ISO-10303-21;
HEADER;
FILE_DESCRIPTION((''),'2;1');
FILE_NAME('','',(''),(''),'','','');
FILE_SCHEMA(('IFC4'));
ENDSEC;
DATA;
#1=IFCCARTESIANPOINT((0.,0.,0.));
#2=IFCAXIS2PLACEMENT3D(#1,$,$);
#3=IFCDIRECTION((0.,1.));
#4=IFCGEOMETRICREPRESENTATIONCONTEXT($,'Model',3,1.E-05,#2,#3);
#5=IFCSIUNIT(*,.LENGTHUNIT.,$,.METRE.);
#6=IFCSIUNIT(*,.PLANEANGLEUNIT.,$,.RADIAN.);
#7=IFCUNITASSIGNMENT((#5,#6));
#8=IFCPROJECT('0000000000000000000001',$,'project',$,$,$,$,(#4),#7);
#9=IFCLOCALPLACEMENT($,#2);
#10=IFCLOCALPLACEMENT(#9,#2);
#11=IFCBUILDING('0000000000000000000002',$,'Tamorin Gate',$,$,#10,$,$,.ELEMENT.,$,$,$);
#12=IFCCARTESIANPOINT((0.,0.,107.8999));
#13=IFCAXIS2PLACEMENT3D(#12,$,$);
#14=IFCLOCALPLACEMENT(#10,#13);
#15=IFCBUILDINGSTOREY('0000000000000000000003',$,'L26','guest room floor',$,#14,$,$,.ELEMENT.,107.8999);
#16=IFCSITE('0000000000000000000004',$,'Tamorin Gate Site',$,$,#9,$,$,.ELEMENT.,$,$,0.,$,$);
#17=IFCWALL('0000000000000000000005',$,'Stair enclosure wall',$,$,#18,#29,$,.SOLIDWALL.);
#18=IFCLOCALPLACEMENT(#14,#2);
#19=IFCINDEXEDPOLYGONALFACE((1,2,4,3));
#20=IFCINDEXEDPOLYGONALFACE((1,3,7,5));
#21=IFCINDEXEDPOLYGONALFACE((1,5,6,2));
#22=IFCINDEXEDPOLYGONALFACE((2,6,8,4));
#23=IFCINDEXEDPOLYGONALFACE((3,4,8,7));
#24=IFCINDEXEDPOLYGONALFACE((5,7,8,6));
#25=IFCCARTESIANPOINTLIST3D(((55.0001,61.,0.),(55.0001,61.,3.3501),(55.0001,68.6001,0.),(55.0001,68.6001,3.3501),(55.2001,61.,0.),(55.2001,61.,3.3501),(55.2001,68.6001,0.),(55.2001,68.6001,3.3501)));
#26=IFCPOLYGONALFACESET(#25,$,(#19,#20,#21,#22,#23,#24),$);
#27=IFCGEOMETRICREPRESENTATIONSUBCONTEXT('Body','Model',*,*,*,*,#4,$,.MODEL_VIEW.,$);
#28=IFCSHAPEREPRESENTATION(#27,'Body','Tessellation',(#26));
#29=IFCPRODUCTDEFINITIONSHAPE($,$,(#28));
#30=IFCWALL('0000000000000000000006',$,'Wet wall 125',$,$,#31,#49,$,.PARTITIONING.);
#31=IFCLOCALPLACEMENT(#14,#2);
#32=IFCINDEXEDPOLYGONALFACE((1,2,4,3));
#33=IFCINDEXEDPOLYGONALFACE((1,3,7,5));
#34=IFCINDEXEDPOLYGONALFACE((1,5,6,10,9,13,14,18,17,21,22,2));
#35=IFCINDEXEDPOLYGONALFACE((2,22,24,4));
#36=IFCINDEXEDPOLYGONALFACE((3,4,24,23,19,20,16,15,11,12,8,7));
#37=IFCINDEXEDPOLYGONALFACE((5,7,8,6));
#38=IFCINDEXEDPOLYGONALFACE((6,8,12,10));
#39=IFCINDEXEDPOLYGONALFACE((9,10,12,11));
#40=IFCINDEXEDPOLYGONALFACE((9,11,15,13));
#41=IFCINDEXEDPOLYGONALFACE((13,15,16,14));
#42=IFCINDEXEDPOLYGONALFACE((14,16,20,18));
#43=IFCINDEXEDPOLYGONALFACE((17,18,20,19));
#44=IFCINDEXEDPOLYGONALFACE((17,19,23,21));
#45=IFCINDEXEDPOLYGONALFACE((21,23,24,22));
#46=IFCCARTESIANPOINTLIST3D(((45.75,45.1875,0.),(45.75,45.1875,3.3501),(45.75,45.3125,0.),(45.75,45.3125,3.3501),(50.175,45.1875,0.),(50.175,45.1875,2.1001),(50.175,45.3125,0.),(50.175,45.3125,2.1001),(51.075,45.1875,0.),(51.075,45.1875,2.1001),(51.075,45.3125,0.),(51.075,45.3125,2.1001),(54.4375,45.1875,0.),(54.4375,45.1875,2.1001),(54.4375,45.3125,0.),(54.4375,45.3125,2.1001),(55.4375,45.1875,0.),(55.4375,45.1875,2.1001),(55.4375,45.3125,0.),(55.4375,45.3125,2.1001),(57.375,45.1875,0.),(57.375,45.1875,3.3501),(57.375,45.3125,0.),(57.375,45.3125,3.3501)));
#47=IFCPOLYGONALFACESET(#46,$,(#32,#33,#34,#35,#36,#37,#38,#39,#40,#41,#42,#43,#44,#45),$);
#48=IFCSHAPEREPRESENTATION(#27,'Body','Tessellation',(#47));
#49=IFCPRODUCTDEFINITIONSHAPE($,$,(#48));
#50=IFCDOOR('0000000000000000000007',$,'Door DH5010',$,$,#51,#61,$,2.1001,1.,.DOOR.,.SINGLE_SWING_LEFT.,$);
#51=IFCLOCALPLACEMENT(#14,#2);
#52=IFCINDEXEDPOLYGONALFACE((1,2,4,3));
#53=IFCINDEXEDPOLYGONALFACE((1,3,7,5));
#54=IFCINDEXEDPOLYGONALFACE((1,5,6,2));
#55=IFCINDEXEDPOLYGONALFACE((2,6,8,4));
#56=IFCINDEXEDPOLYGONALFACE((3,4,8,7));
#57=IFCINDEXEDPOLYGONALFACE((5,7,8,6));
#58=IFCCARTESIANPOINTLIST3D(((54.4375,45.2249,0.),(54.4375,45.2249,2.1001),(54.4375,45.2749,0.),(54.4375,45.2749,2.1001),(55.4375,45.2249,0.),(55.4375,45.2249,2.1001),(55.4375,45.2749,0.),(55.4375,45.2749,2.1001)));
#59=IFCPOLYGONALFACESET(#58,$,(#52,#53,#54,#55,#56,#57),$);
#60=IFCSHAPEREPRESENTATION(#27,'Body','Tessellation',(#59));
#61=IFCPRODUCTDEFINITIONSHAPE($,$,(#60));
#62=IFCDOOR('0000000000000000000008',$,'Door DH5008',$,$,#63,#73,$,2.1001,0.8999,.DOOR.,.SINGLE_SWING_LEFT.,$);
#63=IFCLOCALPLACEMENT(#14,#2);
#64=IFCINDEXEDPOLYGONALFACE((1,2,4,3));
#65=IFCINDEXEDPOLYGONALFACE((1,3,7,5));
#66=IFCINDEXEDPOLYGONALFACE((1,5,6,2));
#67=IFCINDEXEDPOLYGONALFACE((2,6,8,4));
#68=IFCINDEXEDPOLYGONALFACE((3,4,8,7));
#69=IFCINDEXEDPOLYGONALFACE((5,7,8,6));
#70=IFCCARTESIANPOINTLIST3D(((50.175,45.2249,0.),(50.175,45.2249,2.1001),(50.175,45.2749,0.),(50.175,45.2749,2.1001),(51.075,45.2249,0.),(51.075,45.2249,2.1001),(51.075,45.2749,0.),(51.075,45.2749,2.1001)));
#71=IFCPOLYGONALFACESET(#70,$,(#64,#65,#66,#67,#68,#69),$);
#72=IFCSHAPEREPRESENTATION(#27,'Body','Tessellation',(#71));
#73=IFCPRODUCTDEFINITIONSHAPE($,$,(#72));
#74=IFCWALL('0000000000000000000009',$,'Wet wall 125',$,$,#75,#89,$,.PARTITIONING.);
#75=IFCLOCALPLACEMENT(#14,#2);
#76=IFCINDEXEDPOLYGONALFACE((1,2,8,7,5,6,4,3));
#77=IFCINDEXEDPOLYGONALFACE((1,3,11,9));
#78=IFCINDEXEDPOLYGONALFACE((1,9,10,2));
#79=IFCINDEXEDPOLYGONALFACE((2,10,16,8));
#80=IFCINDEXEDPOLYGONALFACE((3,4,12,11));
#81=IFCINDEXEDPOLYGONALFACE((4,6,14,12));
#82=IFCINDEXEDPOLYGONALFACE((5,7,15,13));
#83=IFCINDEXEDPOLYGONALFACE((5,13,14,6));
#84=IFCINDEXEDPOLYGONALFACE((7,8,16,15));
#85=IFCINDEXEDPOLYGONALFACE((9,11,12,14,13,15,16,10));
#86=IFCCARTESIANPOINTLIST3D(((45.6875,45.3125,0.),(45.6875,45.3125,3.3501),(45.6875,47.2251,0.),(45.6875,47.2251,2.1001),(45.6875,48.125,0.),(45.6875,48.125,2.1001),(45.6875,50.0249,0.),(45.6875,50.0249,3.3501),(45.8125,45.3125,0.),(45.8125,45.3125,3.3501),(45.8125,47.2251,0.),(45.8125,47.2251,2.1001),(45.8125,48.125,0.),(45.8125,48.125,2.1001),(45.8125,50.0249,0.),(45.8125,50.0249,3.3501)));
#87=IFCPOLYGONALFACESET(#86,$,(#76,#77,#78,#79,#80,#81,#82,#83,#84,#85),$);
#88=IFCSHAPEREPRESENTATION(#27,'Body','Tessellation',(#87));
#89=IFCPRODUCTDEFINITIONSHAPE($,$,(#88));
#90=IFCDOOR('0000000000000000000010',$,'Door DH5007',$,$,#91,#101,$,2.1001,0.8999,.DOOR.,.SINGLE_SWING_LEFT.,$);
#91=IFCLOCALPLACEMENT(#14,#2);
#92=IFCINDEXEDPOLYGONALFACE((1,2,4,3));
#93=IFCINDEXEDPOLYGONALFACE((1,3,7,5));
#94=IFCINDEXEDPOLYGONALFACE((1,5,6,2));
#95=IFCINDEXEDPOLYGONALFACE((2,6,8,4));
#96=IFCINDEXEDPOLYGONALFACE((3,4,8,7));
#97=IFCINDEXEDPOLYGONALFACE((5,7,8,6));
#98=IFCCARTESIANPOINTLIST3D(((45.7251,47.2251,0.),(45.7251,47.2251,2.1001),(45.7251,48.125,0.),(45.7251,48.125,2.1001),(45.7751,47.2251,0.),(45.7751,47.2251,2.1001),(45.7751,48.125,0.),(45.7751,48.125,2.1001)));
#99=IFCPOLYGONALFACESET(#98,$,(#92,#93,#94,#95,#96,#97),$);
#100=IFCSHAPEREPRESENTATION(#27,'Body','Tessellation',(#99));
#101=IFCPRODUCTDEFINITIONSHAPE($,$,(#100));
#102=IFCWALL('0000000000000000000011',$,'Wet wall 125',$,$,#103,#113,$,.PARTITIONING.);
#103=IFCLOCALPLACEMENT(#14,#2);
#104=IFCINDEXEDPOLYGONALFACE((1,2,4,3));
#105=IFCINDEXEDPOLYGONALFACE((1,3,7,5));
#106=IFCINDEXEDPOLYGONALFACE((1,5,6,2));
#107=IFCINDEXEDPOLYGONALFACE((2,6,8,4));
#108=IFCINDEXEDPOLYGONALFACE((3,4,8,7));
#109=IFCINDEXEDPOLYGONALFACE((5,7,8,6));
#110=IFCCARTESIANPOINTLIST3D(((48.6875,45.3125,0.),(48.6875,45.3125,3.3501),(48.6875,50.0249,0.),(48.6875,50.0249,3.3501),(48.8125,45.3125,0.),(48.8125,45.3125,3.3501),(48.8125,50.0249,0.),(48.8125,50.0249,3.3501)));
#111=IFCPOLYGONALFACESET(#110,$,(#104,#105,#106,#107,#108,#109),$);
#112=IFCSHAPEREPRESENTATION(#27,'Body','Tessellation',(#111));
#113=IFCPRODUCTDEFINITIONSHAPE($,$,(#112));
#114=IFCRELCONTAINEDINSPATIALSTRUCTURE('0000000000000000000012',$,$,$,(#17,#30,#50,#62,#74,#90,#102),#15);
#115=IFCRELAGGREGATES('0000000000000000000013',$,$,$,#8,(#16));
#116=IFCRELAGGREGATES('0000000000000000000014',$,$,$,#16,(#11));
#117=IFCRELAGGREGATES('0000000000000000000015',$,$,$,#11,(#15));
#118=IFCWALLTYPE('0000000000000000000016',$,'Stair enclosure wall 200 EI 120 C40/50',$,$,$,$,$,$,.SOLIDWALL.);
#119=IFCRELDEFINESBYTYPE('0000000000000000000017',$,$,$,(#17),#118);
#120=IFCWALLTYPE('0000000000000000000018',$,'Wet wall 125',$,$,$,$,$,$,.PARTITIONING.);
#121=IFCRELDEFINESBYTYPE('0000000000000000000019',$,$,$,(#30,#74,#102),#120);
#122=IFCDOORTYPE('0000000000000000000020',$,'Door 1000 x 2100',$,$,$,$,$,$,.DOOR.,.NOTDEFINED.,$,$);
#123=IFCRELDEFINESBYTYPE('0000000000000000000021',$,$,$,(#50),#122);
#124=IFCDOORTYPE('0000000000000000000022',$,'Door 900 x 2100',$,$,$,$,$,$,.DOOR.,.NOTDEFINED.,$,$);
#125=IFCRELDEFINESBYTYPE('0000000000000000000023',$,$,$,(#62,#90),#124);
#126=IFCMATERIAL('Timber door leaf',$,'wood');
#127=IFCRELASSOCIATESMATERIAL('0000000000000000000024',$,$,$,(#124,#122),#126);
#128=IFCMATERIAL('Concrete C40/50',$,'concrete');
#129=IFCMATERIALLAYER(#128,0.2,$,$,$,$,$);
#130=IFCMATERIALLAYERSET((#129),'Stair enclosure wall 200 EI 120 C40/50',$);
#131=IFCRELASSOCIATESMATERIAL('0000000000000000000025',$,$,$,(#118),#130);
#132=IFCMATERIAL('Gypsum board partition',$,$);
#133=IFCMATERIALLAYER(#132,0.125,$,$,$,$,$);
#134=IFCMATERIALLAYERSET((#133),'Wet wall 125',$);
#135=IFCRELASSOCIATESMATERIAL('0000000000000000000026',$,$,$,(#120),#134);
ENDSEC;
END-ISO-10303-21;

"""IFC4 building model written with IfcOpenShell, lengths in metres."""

from ifc_helpers import new_model, si_unit, direction, frame, frame_2d, origin, place, context, subcontext, project, spatial, rectangle, extrude, material, layer, layer_set, type_object, element, fill, save


model = new_model("IFC4")

# Units and contexts
model_context = context("Model", 3, precision=1e-05, world=origin(), true_north=direction((0.0, 1.0)))
body_context = subcontext(model_context, "Body", "Model", "MODEL_VIEW")
ifc_project = project(units=[si_unit("LENGTHUNIT", "METRE"), si_unit("PLANEANGLEUNIT", "RADIAN")], contexts=[model_context])

# Site, building, storey
site_placement = place(None, origin())
site = spatial("IfcSite", under=ifc_project, at=site_placement, Name="Tamorin Gate Site", CompositionType="ELEMENT", RefElevation=0.0)
building_placement = place(site_placement, origin())
building = spatial("IfcBuilding", under=site, at=building_placement, Name="Tamorin Gate", CompositionType="ELEMENT")
storey_placement = place(building_placement, frame((0.0, 0.0, 107.8999)))
storey = spatial("IfcBuildingStorey", under=building, at=storey_placement, Name="L26", Description="guest room floor", CompositionType="ELEMENT", Elevation=107.8999)

# Shared definitions
ifc_material_1 = material(Name="Gypsum board partition")

# Shared definitions
ifc_material_2 = material(Name="Timber door leaf", Category="wood")
door_type_1 = type_object("IfcDoorType", Name="Door 900 x 2100", OperationType="NOTDEFINED", PredefinedType="DOOR", material=ifc_material_2)

# Wall
ifc_material_3 = material(Name="Concrete C40/50", Category="concrete")
ifc_layer_1 = layer(ifc_material_3, 0.2)
ifc_layer_set_1 = layer_set([ifc_layer_1], Name="Stair enclosure wall 200 EI 120 C40/50")
wall_type_1 = type_object("IfcWallType", Name="Stair enclosure wall 200 EI 120 C40/50", PredefinedType="SOLIDWALL", material=ifc_layer_set_1)
wall_1_placement = place(storey_placement, frame((55.1001, 61.0, 0.0), z_axis=(0.0, 0.0, 1.0), x_axis=(0.0, 1.0, 0.0)))
element("IfcWall", 1, at=wall_1_placement, inside=storey, type_object=wall_type_1, Name="Stair enclosure wall", PredefinedType="SOLIDWALL", context=body_context, shape_type="SweptSolid", body=[
    extrude(rectangle(XDim=7.6001, YDim=0.2, at=frame_2d((3.8, 0.0))), origin(), (0.0, 0.0, 1.0), 3.3501),
])

# Wall, openings, doors
ifc_layer_2 = layer(ifc_material_1, 0.125)
ifc_layer_set_2 = layer_set([ifc_layer_2], Name="Wet wall 125")
wall_type_2 = type_object("IfcWallType", Name="Wet wall 125", PredefinedType="PARTITIONING", material=ifc_layer_set_2)
wall_2_placement = place(storey_placement, frame((45.75, 45.25, 0.0), z_axis=(0.0, 0.0, 1.0), x_axis=(1.0, 0.0, 0.0)))
wall_2 = element("IfcWall", 2, at=wall_2_placement, inside=storey, type_object=wall_type_2, Name="Wet wall 125", PredefinedType="PARTITIONING", context=body_context, shape_type="SweptSolid", body=[
    extrude(rectangle(XDim=11.625, YDim=0.125, at=frame_2d((5.8125, 0.0))), origin(), (0.0, 0.0, 1.0), 3.3501),
])
opening_1_placement = place(wall_2_placement, frame((4.425, 0.0, 0.0)))
opening_1 = element("IfcOpeningElement", 3, at=opening_1_placement, cuts=wall_2, PredefinedType="OPENING", context=body_context, shape_type="SweptSolid", body=[
    extrude(rectangle(XDim=0.8999, YDim=2.1001, at=frame_2d((0.45, 1.05))), frame((0.0, 0.0725, 0.0), z_axis=(0.0, -1.0, 0.0), x_axis=(1.0, 0.0, 0.0)), (0.0, 0.0, 1.0), 0.145),
])
opening_2_placement = place(wall_2_placement, frame((8.6875, 0.0, 0.0)))
opening_2 = element("IfcOpeningElement", 4, at=opening_2_placement, cuts=wall_2, PredefinedType="OPENING", context=body_context, shape_type="SweptSolid", body=[
    extrude(rectangle(XDim=1.0, YDim=2.1001, at=frame_2d((0.5, 1.05))), frame((0.0, 0.0725, 0.0), z_axis=(0.0, -1.0, 0.0), x_axis=(1.0, 0.0, 0.0)), (0.0, 0.0, 1.0), 0.145),
])
door_type_2 = type_object("IfcDoorType", Name="Door 1000 x 2100", OperationType="NOTDEFINED", PredefinedType="DOOR", material=ifc_material_2)
door_1_placement = place(opening_2_placement, origin())
door_1 = element("IfcDoor", 5, at=door_1_placement, inside=storey, type_object=door_type_2, Name="Door DH5010", OperationType="SINGLE_SWING_LEFT", OverallHeight=2.1001, OverallWidth=1.0, PredefinedType="DOOR", context=body_context, shape_type="SweptSolid", body=[
    extrude(rectangle(XDim=1.0, YDim=2.1001, at=frame_2d((0.5, 1.05))), frame((0.0, 0.0249, 0.0), z_axis=(0.0, -1.0, 0.0), x_axis=(1.0, 0.0, 0.0)), (0.0, 0.0, 1.0), 0.05),
])
fill(opening_2, door_1)
door_2_placement = place(opening_1_placement, origin())
door_2 = element("IfcDoor", 6, at=door_2_placement, inside=storey, type_object=door_type_1, Name="Door DH5008", OperationType="SINGLE_SWING_LEFT", OverallHeight=2.1001, OverallWidth=0.8999, PredefinedType="DOOR", context=body_context, shape_type="SweptSolid", body=[
    extrude(rectangle(XDim=0.8999, YDim=2.1001, at=frame_2d((0.45, 1.05))), frame((0.0, 0.0249, 0.0), z_axis=(0.0, -1.0, 0.0), x_axis=(1.0, 0.0, 0.0)), (0.0, 0.0, 1.0), 0.05),
])
fill(opening_1, door_2)

# Wall, opening, door
wall_3_placement = place(storey_placement, frame((45.75, 45.3125, 0.0), z_axis=(0.0, 0.0, 1.0), x_axis=(0.0, 1.0, 0.0)))
wall_3 = element("IfcWall", 7, at=wall_3_placement, inside=storey, type_object=wall_type_2, Name="Wet wall 125", PredefinedType="PARTITIONING", context=body_context, shape_type="SweptSolid", body=[
    extrude(rectangle(XDim=4.7124, YDim=0.125, at=frame_2d((2.3562, 0.0))), origin(), (0.0, 0.0, 1.0), 3.3501),
])
opening_3_placement = place(wall_3_placement, frame((1.9126, 0.0, 0.0)))
opening_3 = element("IfcOpeningElement", 8, at=opening_3_placement, cuts=wall_3, PredefinedType="OPENING", context=body_context, shape_type="SweptSolid", body=[
    extrude(rectangle(XDim=0.8999, YDim=2.1001, at=frame_2d((0.45, 1.05))), frame((0.0, 0.0725, 0.0), z_axis=(0.0, -1.0, 0.0), x_axis=(1.0, 0.0, 0.0)), (0.0, 0.0, 1.0), 0.145),
])
door_3_placement = place(opening_3_placement, origin())
door_3 = element("IfcDoor", 9, at=door_3_placement, inside=storey, type_object=door_type_1, Name="Door DH5007", OperationType="SINGLE_SWING_LEFT", OverallHeight=2.1001, OverallWidth=0.8999, PredefinedType="DOOR", context=body_context, shape_type="SweptSolid", body=[
    extrude(rectangle(XDim=0.8999, YDim=2.1001, at=frame_2d((0.45, 1.05))), frame((0.0, 0.0249, 0.0), z_axis=(0.0, -1.0, 0.0), x_axis=(1.0, 0.0, 0.0)), (0.0, 0.0, 1.0), 0.05),
])
fill(opening_3, door_3)

# Wall
wall_4_placement = place(storey_placement, frame((48.75, 45.3125, 0.0), z_axis=(0.0, 0.0, 1.0), x_axis=(0.0, 1.0, 0.0)))
element("IfcWall", 10, at=wall_4_placement, inside=storey, type_object=wall_type_2, Name="Wet wall 125", PredefinedType="PARTITIONING", context=body_context, shape_type="SweptSolid", body=[
    extrude(rectangle(XDim=4.7124, YDim=0.125, at=frame_2d((2.3562, 0.0))), origin(), (0.0, 0.0, 1.0), 3.3501),
])

save(model, "model.ifc")
